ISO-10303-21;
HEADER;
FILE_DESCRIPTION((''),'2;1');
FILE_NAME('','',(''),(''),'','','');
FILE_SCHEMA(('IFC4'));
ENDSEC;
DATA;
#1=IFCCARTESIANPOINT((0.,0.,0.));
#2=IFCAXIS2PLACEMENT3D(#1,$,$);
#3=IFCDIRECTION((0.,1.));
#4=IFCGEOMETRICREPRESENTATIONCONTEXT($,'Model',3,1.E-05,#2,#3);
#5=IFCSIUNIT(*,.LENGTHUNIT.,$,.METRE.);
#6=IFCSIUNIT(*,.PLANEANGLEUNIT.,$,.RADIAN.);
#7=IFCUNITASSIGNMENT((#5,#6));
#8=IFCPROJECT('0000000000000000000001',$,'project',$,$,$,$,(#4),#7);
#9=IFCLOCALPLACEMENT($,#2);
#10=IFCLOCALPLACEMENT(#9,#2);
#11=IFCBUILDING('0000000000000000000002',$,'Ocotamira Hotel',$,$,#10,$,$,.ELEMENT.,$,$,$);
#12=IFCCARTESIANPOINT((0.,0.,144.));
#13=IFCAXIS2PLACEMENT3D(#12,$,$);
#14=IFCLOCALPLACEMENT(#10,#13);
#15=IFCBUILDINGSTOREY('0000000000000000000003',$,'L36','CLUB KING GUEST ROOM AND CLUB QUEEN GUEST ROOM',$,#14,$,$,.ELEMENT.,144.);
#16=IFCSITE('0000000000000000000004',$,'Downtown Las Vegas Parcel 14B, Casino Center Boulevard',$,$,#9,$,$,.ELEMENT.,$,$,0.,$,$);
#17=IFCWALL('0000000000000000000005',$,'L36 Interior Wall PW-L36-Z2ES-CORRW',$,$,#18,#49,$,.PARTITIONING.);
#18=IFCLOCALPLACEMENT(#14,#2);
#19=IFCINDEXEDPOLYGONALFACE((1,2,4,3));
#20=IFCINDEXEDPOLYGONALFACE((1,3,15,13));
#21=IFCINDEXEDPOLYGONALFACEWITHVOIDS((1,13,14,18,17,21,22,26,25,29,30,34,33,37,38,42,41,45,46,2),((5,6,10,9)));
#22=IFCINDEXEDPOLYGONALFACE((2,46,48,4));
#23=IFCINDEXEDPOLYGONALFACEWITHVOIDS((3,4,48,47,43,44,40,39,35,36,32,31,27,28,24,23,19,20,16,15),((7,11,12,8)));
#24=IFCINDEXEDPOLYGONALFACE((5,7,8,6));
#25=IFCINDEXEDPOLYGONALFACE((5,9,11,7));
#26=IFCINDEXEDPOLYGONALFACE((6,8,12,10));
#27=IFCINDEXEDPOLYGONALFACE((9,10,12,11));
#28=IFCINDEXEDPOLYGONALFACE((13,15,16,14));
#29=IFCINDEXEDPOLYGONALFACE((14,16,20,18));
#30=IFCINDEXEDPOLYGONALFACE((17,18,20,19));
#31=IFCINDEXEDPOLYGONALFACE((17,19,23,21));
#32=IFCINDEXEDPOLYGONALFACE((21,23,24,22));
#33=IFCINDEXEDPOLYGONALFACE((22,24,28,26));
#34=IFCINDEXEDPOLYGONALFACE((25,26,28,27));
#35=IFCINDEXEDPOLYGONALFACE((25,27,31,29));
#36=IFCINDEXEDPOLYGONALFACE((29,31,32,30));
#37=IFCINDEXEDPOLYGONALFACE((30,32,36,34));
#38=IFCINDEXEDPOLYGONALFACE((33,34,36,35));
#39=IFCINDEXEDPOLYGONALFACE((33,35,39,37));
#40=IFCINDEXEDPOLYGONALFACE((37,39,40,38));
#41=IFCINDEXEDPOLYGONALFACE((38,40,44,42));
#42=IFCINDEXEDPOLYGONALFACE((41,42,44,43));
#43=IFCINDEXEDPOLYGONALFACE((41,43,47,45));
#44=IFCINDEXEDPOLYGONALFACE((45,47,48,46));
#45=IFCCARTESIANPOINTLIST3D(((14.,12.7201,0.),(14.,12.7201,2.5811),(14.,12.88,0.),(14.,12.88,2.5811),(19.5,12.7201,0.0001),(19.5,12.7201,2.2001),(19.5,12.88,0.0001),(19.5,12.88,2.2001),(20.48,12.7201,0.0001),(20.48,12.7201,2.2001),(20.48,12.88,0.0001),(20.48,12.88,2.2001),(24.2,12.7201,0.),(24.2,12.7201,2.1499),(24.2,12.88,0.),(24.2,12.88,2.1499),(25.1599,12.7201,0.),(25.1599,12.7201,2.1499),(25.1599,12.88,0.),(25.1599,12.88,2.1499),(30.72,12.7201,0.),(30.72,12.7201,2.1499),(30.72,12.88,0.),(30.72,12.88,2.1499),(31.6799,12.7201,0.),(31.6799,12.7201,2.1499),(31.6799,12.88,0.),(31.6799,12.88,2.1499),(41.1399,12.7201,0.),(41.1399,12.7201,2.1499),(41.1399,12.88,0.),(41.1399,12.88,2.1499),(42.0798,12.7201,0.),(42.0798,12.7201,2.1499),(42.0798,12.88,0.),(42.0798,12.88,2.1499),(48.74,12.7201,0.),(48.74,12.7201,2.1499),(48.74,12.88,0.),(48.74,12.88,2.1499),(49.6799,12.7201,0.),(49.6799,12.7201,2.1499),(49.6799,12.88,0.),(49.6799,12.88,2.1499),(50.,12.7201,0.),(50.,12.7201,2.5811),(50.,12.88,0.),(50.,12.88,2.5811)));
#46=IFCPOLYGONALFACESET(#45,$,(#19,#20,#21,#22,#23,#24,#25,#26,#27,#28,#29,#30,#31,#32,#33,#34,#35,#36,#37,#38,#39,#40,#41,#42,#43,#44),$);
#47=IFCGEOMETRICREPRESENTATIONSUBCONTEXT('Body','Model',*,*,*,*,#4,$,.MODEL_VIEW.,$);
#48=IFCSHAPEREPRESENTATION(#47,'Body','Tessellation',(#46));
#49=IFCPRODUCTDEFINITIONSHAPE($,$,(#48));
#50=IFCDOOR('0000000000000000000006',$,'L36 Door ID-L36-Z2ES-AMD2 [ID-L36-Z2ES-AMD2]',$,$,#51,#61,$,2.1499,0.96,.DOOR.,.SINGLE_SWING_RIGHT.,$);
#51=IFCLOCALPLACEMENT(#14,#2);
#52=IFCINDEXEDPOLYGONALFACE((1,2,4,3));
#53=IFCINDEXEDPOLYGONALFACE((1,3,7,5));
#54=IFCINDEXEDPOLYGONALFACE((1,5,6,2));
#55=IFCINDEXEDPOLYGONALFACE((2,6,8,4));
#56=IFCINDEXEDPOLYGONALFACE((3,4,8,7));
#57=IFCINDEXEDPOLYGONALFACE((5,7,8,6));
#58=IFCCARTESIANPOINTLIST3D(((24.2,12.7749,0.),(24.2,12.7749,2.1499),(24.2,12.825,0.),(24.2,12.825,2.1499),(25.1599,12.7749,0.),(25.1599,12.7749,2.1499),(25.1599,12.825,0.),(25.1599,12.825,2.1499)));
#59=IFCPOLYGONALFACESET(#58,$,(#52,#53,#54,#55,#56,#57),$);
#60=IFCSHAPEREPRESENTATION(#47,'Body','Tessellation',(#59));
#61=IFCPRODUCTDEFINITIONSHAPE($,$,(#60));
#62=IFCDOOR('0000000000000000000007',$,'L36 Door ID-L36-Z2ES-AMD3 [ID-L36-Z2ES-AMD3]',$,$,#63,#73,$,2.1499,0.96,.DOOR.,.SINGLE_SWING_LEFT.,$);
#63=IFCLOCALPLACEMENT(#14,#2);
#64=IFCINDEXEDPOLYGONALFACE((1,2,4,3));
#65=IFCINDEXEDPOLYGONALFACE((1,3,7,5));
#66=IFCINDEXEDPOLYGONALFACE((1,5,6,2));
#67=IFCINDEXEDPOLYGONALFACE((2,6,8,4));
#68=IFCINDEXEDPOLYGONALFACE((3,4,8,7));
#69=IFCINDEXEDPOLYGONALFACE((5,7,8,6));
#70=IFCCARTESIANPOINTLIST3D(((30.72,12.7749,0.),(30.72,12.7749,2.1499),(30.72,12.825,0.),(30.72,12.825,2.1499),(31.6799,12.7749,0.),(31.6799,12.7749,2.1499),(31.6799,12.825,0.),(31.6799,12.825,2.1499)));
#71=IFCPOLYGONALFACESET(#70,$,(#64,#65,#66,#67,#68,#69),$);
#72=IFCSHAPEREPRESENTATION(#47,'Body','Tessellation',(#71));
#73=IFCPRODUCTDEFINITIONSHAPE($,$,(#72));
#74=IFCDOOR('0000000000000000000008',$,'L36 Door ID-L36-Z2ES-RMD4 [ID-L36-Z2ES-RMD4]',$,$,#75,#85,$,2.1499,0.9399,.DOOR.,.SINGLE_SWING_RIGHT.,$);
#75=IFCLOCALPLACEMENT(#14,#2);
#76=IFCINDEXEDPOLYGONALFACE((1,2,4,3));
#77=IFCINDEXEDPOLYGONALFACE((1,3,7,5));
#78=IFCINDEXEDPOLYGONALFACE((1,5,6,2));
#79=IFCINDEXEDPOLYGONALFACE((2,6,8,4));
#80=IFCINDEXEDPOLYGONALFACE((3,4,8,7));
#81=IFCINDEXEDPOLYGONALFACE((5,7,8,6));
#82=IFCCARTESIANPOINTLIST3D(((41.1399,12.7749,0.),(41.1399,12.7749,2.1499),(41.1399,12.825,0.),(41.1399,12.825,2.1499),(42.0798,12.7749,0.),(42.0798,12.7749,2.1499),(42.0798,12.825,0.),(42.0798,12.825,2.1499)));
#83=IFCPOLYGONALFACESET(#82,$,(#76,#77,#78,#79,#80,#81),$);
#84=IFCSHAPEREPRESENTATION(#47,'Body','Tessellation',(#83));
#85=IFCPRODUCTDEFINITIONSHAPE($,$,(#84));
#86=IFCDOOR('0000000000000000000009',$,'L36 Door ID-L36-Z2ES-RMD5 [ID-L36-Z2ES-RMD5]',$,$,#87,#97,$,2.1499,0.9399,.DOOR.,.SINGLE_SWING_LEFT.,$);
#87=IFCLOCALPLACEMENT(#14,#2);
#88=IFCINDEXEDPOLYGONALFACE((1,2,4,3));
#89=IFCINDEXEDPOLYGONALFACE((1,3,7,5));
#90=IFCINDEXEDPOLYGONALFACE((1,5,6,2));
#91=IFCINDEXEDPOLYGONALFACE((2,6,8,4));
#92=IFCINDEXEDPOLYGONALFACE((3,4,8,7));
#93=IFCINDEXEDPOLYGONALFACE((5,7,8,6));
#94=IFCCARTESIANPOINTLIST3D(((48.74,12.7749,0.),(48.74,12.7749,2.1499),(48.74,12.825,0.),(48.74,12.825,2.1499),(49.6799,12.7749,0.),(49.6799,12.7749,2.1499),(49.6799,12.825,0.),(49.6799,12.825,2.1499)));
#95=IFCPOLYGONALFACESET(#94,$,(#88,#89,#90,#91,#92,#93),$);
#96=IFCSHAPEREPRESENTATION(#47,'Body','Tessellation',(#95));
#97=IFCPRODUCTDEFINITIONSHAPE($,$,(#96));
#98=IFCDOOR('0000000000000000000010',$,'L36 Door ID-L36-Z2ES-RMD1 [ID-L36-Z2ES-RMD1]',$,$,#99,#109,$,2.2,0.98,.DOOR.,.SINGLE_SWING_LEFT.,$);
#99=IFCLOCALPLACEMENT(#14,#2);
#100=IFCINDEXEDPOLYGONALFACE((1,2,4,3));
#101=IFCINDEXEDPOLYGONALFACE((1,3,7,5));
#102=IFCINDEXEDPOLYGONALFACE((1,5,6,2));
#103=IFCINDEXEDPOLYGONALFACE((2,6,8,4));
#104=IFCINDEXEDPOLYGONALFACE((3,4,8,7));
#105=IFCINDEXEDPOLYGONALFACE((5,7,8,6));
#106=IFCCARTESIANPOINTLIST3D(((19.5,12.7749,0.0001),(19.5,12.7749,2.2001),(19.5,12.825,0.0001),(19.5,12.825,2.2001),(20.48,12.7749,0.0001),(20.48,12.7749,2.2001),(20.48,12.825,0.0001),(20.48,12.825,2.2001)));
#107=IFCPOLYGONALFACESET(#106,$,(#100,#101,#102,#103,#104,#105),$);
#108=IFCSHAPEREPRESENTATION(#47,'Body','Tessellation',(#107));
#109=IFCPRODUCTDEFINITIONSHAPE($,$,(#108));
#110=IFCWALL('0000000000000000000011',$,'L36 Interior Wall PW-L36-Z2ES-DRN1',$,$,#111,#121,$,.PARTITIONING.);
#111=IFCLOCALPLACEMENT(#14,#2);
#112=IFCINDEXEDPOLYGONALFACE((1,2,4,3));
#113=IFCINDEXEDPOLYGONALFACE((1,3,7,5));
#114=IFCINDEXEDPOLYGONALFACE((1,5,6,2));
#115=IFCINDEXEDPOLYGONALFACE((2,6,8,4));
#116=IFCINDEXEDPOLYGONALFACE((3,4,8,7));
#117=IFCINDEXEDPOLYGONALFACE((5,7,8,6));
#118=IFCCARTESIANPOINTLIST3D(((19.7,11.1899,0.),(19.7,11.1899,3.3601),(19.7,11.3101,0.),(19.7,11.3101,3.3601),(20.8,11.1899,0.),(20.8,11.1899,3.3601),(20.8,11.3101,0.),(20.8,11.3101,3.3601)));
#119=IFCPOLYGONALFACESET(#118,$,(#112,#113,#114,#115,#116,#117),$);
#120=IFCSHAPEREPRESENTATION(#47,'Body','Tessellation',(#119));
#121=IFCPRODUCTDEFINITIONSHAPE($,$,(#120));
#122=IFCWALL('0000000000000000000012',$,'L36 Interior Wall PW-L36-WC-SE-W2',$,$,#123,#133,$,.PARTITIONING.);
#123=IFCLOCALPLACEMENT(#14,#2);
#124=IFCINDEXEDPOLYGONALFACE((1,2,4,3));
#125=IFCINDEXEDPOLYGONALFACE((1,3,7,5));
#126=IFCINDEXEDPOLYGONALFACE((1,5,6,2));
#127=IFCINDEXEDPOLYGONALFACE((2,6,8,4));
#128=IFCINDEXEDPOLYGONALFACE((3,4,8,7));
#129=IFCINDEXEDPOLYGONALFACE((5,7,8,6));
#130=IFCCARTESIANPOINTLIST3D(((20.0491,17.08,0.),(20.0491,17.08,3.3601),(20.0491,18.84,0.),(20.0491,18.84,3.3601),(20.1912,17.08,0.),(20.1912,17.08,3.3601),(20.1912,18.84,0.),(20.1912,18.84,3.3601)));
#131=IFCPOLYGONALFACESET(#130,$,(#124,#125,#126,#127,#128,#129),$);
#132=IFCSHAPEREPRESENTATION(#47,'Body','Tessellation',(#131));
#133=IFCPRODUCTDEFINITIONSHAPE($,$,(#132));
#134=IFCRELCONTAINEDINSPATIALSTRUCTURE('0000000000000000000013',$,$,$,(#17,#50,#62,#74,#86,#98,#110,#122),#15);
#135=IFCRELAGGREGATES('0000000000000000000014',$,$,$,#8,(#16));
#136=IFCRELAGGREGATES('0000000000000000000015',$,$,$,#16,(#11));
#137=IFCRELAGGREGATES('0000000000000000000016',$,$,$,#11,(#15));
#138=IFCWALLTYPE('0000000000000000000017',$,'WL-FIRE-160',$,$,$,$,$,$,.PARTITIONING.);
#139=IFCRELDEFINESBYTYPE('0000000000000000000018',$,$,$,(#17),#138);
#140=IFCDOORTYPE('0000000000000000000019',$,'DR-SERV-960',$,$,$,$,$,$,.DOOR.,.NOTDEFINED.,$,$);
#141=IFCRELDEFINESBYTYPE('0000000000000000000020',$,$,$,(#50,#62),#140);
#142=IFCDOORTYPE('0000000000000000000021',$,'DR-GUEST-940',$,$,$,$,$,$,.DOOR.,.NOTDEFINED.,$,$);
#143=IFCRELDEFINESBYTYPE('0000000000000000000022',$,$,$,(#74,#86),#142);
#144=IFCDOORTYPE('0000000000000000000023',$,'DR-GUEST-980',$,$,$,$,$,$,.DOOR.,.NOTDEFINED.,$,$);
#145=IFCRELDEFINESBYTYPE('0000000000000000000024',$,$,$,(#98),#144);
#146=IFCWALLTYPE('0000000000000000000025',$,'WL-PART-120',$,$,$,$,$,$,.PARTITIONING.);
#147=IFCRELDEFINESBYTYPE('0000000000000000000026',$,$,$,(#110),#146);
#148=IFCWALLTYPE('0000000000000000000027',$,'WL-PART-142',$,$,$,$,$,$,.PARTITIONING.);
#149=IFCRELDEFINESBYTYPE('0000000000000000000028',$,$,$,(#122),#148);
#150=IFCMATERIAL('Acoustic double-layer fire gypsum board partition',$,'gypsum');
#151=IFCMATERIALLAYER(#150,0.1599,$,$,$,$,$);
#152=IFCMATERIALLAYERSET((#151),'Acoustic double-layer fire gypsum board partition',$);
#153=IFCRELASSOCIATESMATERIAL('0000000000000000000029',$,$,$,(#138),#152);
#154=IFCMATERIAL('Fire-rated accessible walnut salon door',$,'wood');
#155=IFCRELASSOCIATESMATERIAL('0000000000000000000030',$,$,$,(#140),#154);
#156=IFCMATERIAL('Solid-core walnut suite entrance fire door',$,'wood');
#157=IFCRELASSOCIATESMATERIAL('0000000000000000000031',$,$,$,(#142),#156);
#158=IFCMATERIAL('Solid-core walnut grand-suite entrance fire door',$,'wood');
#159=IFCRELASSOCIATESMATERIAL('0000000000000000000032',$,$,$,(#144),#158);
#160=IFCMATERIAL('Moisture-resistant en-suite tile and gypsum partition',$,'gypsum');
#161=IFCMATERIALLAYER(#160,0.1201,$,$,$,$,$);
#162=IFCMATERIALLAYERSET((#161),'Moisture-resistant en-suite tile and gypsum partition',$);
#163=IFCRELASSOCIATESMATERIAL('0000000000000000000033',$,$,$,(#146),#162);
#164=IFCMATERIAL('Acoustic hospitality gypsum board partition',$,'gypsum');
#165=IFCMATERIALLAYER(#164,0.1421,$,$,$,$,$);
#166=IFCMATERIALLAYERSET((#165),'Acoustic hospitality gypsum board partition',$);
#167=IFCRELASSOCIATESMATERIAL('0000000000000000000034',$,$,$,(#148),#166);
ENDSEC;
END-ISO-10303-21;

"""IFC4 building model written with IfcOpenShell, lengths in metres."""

from ifc_helpers import new_model, si_unit, direction, frame, frame_2d, origin, place, context, subcontext, project, spatial, rectangle, extrude, source, transform, mapped, material, layer, layer_set, type_object, element, fill, save


model = new_model("IFC4")

# Units and contexts
model_context = context("Model", 3, precision=1e-05, world=origin(), true_north=direction((0.0, 1.0)))
body_context = subcontext(model_context, "Body", "Model", "MODEL_VIEW")
ifc_project = project(units=[si_unit("LENGTHUNIT", "METRE"), si_unit("PLANEANGLEUNIT", "RADIAN")], contexts=[model_context])

# Site, building, storey
site_placement = place(None, origin())
site = spatial("IfcSite", under=ifc_project, at=site_placement, Name="Downtown Las Vegas Parcel 14B, Casino Center Boulevard", CompositionType="ELEMENT", RefElevation=0.0)
building_placement = place(site_placement, origin())
building = spatial("IfcBuilding", under=site, at=building_placement, Name="Ocotamira Hotel", CompositionType="ELEMENT")
storey_placement = place(building_placement, frame((0.0, 0.0, 144.0)))
storey = spatial("IfcBuildingStorey", under=building, at=storey_placement, Name="L36", Description="CLUB KING GUEST ROOM AND CLUB QUEEN GUEST ROOM", CompositionType="ELEMENT", Elevation=144.0)

# Wall, openings, doors
ifc_material_1 = material(Name="Acoustic double-layer fire gypsum board partition", Category="gypsum")
ifc_layer_1 = layer(ifc_material_1, 0.1599)
ifc_layer_set_1 = layer_set([ifc_layer_1], Name="Acoustic double-layer fire gypsum board partition")
wall_type_1 = type_object("IfcWallType", Name="WL-FIRE-160", PredefinedType="PARTITIONING", material=ifc_layer_set_1)
wall_1_placement = place(storey_placement, frame((14.0, 12.8, 0.0), z_axis=(0.0, 0.0, 1.0), x_axis=(1.0, 0.0, 0.0)))
wall_1 = element("IfcWall", 1, at=wall_1_placement, inside=storey, type_object=wall_type_1, Name="L36 Interior Wall PW-L36-Z2ES-CORRW", PredefinedType="PARTITIONING", context=body_context, shape_type="SweptSolid", body=[
    extrude(rectangle(XDim=36.0, YDim=0.1599, at=frame_2d((18.0, 0.0))), origin(), (0.0, 0.0, 1.0), 2.5811),
])
opening_1_placement = place(wall_1_placement, frame((5.5, 0.0, 0.0)))
opening_1 = element("IfcOpeningElement", 2, at=opening_1_placement, cuts=wall_1, PredefinedType="OPENING", context=body_context, shape_type="SweptSolid", body=[
    extrude(rectangle(XDim=0.98, YDim=2.2, at=frame_2d((0.49, 1.1001))), frame((0.0, 0.0898, 0.0), z_axis=(0.0, -1.0, 0.0), x_axis=(1.0, 0.0, 0.0)), (0.0, 0.0, 1.0), 0.1799),
])
opening_2_placement = place(wall_1_placement, frame((10.2, 0.0, 0.0)))
opening_2 = element("IfcOpeningElement", 3, at=opening_2_placement, cuts=wall_1, PredefinedType="OPENING", context=body_context, shape_type="SweptSolid", body=[
    extrude(rectangle(XDim=0.96, YDim=2.1499, at=frame_2d((0.48, 1.075))), frame((0.0, 0.0898, 0.0), z_axis=(0.0, -1.0, 0.0), x_axis=(1.0, 0.0, 0.0)), (0.0, 0.0, 1.0), 0.1799),
])
opening_3_placement = place(wall_1_placement, frame((16.72, 0.0, 0.0)))
opening_3 = element("IfcOpeningElement", 4, at=opening_3_placement, cuts=wall_1, PredefinedType="OPENING", context=body_context, shape_type="SweptSolid", body=[
    extrude(rectangle(XDim=0.96, YDim=2.1499, at=frame_2d((0.48, 1.075))), frame((0.0, 0.0898, 0.0), z_axis=(0.0, -1.0, 0.0), x_axis=(1.0, 0.0, 0.0)), (0.0, 0.0, 1.0), 0.1799),
])
opening_4_placement = place(wall_1_placement, frame((27.1399, 0.0, 0.0)))
opening_4 = element("IfcOpeningElement", 5, at=opening_4_placement, cuts=wall_1, PredefinedType="OPENING", context=body_context, shape_type="SweptSolid", body=[
    extrude(rectangle(XDim=0.9399, YDim=2.1499, at=frame_2d((0.47, 1.075))), frame((0.0, 0.0898, 0.0), z_axis=(0.0, -1.0, 0.0), x_axis=(1.0, 0.0, 0.0)), (0.0, 0.0, 1.0), 0.1799),
])
opening_5_placement = place(wall_1_placement, frame((34.74, 0.0, 0.0)))
opening_5 = element("IfcOpeningElement", 6, at=opening_5_placement, cuts=wall_1, PredefinedType="OPENING", context=body_context, shape_type="SweptSolid", body=[
    extrude(rectangle(XDim=0.9399, YDim=2.1499, at=frame_2d((0.47, 1.075))), frame((0.0, 0.0898, 0.0), z_axis=(0.0, -1.0, 0.0), x_axis=(1.0, 0.0, 0.0)), (0.0, 0.0, 1.0), 0.1799),
])
ifc_material_2 = material(Name="Fire-rated accessible walnut salon door", Category="wood")
door_type_1 = type_object("IfcDoorType", Name="DR-SERV-960", OperationType="NOTDEFINED", PredefinedType="DOOR", material=ifc_material_2)
shared_shape_1 = source(origin(), body_context, "Body", "SweptSolid", [
    extrude(rectangle(XDim=0.96, YDim=2.1499, at=frame_2d((0.48, 1.075))), frame((0.0, 0.0249, 0.0), z_axis=(0.0, -1.0, 0.0), x_axis=(1.0, 0.0, 0.0)), (0.0, 0.0, 1.0), 0.05),
])
door_1_placement = place(opening_2_placement, origin())
door_1 = element("IfcDoor", 7, at=door_1_placement, inside=storey, type_object=door_type_1, Name="L36 Door ID-L36-Z2ES-AMD2 [ID-L36-Z2ES-AMD2]", OperationType="SINGLE_SWING_RIGHT", OverallHeight=2.1499, OverallWidth=0.96, PredefinedType="DOOR", context=body_context, shape_type="MappedRepresentation", body=[
    mapped(shared_shape_1, transform((0.0, 0.0, 0.0), scale=1.0)),
])
fill(opening_2, door_1)
door_2_placement = place(opening_3_placement, origin())
door_2 = element("IfcDoor", 8, at=door_2_placement, inside=storey, type_object=door_type_1, Name="L36 Door ID-L36-Z2ES-AMD3 [ID-L36-Z2ES-AMD3]", OperationType="SINGLE_SWING_LEFT", OverallHeight=2.1499, OverallWidth=0.96, PredefinedType="DOOR", context=body_context, shape_type="MappedRepresentation", body=[
    mapped(shared_shape_1, transform((0.0, 0.0, 0.0), scale=1.0)),
])
fill(opening_3, door_2)
ifc_material_3 = material(Name="Solid-core walnut suite entrance fire door", Category="wood")
door_type_2 = type_object("IfcDoorType", Name="DR-GUEST-940", OperationType="NOTDEFINED", PredefinedType="DOOR", material=ifc_material_3)
shared_shape_2 = source(origin(), body_context, "Body", "SweptSolid", [
    extrude(rectangle(XDim=0.9399, YDim=2.1499, at=frame_2d((0.47, 1.075))), frame((0.0, 0.0249, 0.0), z_axis=(0.0, -1.0, 0.0), x_axis=(1.0, 0.0, 0.0)), (0.0, 0.0, 1.0), 0.05),
])
door_3_placement = place(opening_4_placement, origin())
door_3 = element("IfcDoor", 9, at=door_3_placement, inside=storey, type_object=door_type_2, Name="L36 Door ID-L36-Z2ES-RMD4 [ID-L36-Z2ES-RMD4]", OperationType="SINGLE_SWING_RIGHT", OverallHeight=2.1499, OverallWidth=0.9399, PredefinedType="DOOR", context=body_context, shape_type="MappedRepresentation", body=[
    mapped(shared_shape_2, transform((0.0, 0.0, 0.0), scale=1.0)),
])
fill(opening_4, door_3)
door_4_placement = place(opening_5_placement, origin())
door_4 = element("IfcDoor", 10, at=door_4_placement, inside=storey, type_object=door_type_2, Name="L36 Door ID-L36-Z2ES-RMD5 [ID-L36-Z2ES-RMD5]", OperationType="SINGLE_SWING_LEFT", OverallHeight=2.1499, OverallWidth=0.9399, PredefinedType="DOOR", context=body_context, shape_type="MappedRepresentation", body=[
    mapped(shared_shape_2, transform((0.0, 0.0, 0.0), scale=1.0)),
])
fill(opening_5, door_4)
ifc_material_4 = material(Name="Solid-core walnut grand-suite entrance fire door", Category="wood")
door_type_3 = type_object("IfcDoorType", Name="DR-GUEST-980", OperationType="NOTDEFINED", PredefinedType="DOOR", material=ifc_material_4)
shared_shape_3 = source(origin(), body_context, "Body", "SweptSolid", [
    extrude(rectangle(XDim=0.98, YDim=2.2, at=frame_2d((0.49, 1.1001))), frame((0.0, 0.0249, 0.0), z_axis=(0.0, -1.0, 0.0), x_axis=(1.0, 0.0, 0.0)), (0.0, 0.0, 1.0), 0.05),
])
door_5_placement = place(opening_1_placement, origin())
door_5 = element("IfcDoor", 11, at=door_5_placement, inside=storey, type_object=door_type_3, Name="L36 Door ID-L36-Z2ES-RMD1 [ID-L36-Z2ES-RMD1]", OperationType="SINGLE_SWING_LEFT", OverallHeight=2.2, OverallWidth=0.98, PredefinedType="DOOR", context=body_context, shape_type="MappedRepresentation", body=[
    mapped(shared_shape_3, transform((0.0, 0.0, 0.0), scale=1.0)),
])
fill(opening_1, door_5)

# Walls
ifc_material_5 = material(Name="Moisture-resistant en-suite tile and gypsum partition", Category="gypsum")
ifc_layer_2 = layer(ifc_material_5, 0.1201)
ifc_layer_set_2 = layer_set([ifc_layer_2], Name="Moisture-resistant en-suite tile and gypsum partition")
wall_type_2 = type_object("IfcWallType", Name="WL-PART-120", PredefinedType="PARTITIONING", material=ifc_layer_set_2)
wall_2_placement = place(storey_placement, frame((19.7, 11.25, 0.0), z_axis=(0.0, 0.0, 1.0), x_axis=(1.0, 0.0, 0.0)))
element("IfcWall", 12, at=wall_2_placement, inside=storey, type_object=wall_type_2, Name="L36 Interior Wall PW-L36-Z2ES-DRN1", PredefinedType="PARTITIONING", context=body_context, shape_type="SweptSolid", body=[
    extrude(rectangle(XDim=1.1001, YDim=0.1201, at=frame_2d((0.55, 0.0))), origin(), (0.0, 0.0, 1.0), 3.3601),
])
ifc_material_6 = material(Name="Acoustic hospitality gypsum board partition", Category="gypsum")
ifc_layer_3 = layer(ifc_material_6, 0.1421)
ifc_layer_set_3 = layer_set([ifc_layer_3], Name="Acoustic hospitality gypsum board partition")
wall_type_3 = type_object("IfcWallType", Name="WL-PART-142", PredefinedType="PARTITIONING", material=ifc_layer_set_3)
wall_3_placement = place(storey_placement, frame((20.1201, 17.0801, 0.0), z_axis=(0.0, 0.0, 1.0), x_axis=(0.0, 1.0, 0.0)))
element("IfcWall", 13, at=wall_3_placement, inside=storey, type_object=wall_type_3, Name="L36 Interior Wall PW-L36-WC-SE-W2", PredefinedType="PARTITIONING", context=body_context, shape_type="SweptSolid", body=[
    extrude(rectangle(XDim=1.76, YDim=0.1421, at=frame_2d((0.8799, 0.0))), origin(), (0.0, 0.0, 1.0), 3.3601),
])

save(model, "model.ifc")
